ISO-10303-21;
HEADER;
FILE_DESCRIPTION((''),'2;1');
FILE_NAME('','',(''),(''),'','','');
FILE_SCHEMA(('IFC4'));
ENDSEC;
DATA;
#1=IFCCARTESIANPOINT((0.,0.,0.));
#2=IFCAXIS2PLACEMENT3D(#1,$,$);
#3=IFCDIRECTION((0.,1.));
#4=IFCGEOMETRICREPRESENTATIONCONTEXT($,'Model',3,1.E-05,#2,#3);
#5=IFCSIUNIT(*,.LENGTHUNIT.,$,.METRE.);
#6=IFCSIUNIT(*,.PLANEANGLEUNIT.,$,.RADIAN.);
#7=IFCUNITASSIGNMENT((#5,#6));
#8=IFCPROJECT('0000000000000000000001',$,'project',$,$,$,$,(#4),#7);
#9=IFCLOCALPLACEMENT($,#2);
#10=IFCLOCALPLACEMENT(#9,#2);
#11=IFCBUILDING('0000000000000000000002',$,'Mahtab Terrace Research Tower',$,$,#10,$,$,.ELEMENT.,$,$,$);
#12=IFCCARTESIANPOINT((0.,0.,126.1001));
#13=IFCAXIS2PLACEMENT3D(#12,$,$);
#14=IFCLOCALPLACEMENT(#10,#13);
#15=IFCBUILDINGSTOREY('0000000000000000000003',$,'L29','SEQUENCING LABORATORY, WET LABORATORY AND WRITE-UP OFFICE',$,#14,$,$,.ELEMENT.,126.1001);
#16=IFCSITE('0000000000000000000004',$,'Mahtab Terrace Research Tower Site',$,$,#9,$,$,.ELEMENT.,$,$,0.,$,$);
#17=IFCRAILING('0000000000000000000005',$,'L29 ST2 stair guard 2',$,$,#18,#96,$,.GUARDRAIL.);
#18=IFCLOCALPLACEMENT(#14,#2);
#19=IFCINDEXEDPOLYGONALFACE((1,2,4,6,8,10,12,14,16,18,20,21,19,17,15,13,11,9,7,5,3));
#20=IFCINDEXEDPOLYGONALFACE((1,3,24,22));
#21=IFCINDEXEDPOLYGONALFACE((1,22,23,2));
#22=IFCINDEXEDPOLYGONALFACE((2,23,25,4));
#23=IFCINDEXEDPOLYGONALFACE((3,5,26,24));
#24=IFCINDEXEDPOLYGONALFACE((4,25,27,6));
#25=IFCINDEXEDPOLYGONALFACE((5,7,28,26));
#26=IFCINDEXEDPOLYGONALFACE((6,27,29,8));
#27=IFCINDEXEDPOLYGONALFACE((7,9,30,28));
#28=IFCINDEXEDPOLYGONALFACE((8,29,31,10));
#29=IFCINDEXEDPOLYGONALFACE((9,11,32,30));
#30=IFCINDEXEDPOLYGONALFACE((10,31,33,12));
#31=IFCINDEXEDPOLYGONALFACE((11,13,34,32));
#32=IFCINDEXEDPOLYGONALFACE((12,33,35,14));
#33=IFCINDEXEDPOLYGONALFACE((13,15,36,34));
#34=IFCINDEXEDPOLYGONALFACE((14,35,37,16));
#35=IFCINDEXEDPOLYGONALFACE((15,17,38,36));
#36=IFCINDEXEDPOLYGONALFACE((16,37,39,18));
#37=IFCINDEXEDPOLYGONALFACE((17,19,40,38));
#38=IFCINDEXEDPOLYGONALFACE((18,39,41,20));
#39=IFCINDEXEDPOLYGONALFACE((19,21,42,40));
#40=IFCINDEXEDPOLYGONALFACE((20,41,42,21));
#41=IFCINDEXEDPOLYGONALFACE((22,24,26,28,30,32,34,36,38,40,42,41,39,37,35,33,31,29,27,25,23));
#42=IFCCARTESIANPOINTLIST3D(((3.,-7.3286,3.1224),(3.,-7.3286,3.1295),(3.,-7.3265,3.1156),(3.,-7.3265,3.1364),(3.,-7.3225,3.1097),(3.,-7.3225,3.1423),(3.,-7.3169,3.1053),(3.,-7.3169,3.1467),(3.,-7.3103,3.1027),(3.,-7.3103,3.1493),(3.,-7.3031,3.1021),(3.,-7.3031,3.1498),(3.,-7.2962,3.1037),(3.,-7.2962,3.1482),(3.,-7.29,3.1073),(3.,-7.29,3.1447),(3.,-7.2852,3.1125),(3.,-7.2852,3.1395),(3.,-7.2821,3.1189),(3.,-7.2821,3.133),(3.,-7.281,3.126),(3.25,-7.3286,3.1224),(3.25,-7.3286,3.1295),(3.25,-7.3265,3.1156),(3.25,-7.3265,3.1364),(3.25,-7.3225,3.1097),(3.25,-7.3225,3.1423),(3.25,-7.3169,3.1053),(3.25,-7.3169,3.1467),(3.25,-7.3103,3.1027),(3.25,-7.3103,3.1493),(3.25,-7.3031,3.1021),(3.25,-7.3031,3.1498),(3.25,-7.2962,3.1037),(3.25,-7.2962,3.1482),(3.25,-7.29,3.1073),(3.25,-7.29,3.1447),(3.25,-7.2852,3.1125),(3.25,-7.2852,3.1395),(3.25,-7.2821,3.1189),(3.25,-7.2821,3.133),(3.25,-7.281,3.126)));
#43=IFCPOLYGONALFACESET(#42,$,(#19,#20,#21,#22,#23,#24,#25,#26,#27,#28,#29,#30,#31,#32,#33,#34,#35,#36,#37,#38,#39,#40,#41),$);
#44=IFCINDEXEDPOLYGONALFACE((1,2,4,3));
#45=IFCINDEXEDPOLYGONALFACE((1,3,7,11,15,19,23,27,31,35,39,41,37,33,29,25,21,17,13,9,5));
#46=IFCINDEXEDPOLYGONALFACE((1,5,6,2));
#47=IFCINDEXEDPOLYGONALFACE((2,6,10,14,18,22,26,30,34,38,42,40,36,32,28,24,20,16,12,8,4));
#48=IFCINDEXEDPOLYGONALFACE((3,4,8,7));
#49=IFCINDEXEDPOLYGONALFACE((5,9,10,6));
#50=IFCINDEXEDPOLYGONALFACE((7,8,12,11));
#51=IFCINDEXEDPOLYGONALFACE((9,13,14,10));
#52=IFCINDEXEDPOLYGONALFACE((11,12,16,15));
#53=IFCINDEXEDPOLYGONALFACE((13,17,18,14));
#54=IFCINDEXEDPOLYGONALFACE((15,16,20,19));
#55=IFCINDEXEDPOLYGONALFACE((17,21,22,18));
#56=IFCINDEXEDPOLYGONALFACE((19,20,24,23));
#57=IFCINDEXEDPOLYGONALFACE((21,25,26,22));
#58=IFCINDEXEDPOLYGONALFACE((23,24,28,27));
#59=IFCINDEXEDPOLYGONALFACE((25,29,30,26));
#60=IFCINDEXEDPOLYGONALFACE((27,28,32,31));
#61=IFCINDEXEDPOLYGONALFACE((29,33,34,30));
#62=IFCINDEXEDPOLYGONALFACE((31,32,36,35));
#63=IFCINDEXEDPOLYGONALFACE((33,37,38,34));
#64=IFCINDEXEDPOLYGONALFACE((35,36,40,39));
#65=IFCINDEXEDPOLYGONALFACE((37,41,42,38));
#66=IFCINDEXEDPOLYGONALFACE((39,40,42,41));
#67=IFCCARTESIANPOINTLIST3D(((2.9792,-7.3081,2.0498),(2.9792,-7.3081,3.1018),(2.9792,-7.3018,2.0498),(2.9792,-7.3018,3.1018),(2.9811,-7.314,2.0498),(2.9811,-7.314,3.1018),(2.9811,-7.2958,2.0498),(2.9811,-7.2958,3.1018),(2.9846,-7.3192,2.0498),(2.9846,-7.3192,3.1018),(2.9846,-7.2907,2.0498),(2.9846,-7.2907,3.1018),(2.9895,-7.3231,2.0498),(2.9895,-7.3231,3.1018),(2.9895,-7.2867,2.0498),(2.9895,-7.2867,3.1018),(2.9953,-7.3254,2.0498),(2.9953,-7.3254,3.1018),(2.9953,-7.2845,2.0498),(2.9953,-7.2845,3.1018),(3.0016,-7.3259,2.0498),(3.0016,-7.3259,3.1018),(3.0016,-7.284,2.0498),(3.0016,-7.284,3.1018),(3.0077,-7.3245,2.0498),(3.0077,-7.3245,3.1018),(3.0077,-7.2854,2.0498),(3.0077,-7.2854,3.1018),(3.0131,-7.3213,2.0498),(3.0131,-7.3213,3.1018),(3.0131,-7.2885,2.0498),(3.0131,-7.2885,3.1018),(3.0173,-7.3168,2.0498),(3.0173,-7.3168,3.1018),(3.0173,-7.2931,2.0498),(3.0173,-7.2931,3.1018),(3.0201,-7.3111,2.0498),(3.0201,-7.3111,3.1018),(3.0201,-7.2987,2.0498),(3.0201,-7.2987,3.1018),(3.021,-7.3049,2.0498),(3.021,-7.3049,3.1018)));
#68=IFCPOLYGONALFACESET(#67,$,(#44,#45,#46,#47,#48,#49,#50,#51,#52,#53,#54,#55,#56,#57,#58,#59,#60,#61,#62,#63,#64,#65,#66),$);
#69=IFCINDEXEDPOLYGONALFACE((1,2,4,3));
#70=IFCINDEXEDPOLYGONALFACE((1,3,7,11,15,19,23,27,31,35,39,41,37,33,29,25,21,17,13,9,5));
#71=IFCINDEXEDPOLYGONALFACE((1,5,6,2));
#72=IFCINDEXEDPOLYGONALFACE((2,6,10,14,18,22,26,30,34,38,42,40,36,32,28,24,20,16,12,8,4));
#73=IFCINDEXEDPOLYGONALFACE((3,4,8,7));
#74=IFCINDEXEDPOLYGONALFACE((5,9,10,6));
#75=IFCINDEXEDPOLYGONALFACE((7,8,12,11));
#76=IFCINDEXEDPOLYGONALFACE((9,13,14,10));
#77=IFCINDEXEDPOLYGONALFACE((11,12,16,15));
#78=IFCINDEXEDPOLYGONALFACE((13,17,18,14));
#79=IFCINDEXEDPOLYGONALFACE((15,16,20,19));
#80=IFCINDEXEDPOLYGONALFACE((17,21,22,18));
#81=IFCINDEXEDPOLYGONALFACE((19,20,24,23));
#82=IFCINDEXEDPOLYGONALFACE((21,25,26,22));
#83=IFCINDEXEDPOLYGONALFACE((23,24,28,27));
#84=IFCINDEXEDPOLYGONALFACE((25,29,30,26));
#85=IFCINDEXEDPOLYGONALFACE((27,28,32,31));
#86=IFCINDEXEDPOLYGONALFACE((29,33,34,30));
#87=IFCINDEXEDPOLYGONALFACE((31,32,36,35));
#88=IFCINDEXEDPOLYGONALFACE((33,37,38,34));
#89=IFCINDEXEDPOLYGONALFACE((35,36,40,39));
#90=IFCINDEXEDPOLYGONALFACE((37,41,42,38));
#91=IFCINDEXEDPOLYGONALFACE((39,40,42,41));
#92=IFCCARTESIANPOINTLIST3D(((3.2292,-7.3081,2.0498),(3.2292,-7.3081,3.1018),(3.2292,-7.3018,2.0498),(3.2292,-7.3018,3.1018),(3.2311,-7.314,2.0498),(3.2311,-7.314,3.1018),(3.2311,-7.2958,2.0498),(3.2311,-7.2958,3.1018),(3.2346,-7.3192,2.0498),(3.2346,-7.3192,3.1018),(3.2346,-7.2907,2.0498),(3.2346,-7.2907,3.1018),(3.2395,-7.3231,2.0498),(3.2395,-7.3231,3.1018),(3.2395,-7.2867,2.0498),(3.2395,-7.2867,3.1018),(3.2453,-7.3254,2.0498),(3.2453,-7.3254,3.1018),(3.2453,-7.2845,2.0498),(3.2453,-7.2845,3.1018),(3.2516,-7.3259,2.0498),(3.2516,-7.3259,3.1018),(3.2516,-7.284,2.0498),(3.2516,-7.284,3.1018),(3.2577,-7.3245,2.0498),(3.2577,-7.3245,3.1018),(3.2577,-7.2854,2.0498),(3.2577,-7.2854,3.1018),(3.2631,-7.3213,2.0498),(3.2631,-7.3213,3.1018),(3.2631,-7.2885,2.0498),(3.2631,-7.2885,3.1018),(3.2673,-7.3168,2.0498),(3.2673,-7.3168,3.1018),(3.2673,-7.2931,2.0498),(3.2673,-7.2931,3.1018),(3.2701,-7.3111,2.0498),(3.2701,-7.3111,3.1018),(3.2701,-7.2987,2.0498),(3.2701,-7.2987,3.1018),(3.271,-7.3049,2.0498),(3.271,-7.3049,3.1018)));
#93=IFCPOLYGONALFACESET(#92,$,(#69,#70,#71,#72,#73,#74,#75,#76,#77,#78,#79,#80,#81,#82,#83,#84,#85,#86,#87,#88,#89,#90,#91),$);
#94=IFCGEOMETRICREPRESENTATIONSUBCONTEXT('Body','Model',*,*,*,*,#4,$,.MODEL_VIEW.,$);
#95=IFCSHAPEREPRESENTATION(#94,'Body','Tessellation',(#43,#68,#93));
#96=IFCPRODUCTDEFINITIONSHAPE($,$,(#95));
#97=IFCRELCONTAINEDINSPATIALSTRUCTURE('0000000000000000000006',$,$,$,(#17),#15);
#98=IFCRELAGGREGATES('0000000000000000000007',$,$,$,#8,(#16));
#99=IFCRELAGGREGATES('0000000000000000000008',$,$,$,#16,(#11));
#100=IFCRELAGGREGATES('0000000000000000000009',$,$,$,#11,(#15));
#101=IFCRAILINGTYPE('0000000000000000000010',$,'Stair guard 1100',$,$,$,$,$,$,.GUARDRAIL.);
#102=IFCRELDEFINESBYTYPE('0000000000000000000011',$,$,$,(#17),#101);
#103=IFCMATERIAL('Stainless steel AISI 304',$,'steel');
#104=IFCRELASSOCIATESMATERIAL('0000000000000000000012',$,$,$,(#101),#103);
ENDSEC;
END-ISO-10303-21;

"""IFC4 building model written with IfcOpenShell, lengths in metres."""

from ifc_helpers import new_model, si_unit, direction, frame, origin, origin_2d, place, context, subcontext, project, spatial, circle, extrude, material, type_object, element, save


model = new_model("IFC4")

# Units and contexts
model_context = context("Model", 3, precision=1e-05, world=origin(), true_north=direction((0.0, 1.0)))
body_context = subcontext(model_context, "Body", "Model", "MODEL_VIEW")
ifc_project = project(units=[si_unit("LENGTHUNIT", "METRE"), si_unit("PLANEANGLEUNIT", "RADIAN")], contexts=[model_context])

# Site, building, storey
site_placement = place(None, origin())
site = spatial("IfcSite", under=ifc_project, at=site_placement, Name="Mahtab Terrace Research Tower Site", CompositionType="ELEMENT", RefElevation=0.0)
building_placement = place(site_placement, origin())
building = spatial("IfcBuilding", under=site, at=building_placement, Name="Mahtab Terrace Research Tower", CompositionType="ELEMENT")
storey_placement = place(building_placement, frame((0.0, 0.0, 126.1001)))
storey = spatial("IfcBuildingStorey", under=building, at=storey_placement, Name="L29", Description="SEQUENCING LABORATORY, WET LABORATORY AND WRITE-UP OFFICE", CompositionType="ELEMENT", Elevation=126.1001)

# Railing
ifc_material_1 = material(Name="Stainless steel AISI 304", Category="steel")
railing_type_1 = type_object("IfcRailingType", Name="Stair guard 1100", PredefinedType="GUARDRAIL", material=ifc_material_1)
railing_1_placement = place(storey_placement, frame((3.0, -7.3049, 2.0498)))
element("IfcRailing", 1, at=railing_1_placement, inside=storey, type_object=railing_type_1, Name="L29 ST2 stair guard 2", PredefinedType="GUARDRAIL", context=body_context, shape_type="SweptSolid", body=[
    extrude(circle(Radius=0.0239, at=origin_2d()), frame((0.0, 0.0, 1.0762), z_axis=(1.0, 0.0, 0.0), x_axis=(0.0, 1.0, 0.0)), (0.0, 0.0, 1.0), 0.25),
    extrude(circle(Radius=0.021, at=origin_2d()), origin(), (0.0, 0.0, 1.0), 1.052),
    extrude(circle(Radius=0.021, at=origin_2d()), frame((0.25, 0.0, 0.0)), (0.0, 0.0, 1.0), 1.052),
])

save(model, "model.ifc")
